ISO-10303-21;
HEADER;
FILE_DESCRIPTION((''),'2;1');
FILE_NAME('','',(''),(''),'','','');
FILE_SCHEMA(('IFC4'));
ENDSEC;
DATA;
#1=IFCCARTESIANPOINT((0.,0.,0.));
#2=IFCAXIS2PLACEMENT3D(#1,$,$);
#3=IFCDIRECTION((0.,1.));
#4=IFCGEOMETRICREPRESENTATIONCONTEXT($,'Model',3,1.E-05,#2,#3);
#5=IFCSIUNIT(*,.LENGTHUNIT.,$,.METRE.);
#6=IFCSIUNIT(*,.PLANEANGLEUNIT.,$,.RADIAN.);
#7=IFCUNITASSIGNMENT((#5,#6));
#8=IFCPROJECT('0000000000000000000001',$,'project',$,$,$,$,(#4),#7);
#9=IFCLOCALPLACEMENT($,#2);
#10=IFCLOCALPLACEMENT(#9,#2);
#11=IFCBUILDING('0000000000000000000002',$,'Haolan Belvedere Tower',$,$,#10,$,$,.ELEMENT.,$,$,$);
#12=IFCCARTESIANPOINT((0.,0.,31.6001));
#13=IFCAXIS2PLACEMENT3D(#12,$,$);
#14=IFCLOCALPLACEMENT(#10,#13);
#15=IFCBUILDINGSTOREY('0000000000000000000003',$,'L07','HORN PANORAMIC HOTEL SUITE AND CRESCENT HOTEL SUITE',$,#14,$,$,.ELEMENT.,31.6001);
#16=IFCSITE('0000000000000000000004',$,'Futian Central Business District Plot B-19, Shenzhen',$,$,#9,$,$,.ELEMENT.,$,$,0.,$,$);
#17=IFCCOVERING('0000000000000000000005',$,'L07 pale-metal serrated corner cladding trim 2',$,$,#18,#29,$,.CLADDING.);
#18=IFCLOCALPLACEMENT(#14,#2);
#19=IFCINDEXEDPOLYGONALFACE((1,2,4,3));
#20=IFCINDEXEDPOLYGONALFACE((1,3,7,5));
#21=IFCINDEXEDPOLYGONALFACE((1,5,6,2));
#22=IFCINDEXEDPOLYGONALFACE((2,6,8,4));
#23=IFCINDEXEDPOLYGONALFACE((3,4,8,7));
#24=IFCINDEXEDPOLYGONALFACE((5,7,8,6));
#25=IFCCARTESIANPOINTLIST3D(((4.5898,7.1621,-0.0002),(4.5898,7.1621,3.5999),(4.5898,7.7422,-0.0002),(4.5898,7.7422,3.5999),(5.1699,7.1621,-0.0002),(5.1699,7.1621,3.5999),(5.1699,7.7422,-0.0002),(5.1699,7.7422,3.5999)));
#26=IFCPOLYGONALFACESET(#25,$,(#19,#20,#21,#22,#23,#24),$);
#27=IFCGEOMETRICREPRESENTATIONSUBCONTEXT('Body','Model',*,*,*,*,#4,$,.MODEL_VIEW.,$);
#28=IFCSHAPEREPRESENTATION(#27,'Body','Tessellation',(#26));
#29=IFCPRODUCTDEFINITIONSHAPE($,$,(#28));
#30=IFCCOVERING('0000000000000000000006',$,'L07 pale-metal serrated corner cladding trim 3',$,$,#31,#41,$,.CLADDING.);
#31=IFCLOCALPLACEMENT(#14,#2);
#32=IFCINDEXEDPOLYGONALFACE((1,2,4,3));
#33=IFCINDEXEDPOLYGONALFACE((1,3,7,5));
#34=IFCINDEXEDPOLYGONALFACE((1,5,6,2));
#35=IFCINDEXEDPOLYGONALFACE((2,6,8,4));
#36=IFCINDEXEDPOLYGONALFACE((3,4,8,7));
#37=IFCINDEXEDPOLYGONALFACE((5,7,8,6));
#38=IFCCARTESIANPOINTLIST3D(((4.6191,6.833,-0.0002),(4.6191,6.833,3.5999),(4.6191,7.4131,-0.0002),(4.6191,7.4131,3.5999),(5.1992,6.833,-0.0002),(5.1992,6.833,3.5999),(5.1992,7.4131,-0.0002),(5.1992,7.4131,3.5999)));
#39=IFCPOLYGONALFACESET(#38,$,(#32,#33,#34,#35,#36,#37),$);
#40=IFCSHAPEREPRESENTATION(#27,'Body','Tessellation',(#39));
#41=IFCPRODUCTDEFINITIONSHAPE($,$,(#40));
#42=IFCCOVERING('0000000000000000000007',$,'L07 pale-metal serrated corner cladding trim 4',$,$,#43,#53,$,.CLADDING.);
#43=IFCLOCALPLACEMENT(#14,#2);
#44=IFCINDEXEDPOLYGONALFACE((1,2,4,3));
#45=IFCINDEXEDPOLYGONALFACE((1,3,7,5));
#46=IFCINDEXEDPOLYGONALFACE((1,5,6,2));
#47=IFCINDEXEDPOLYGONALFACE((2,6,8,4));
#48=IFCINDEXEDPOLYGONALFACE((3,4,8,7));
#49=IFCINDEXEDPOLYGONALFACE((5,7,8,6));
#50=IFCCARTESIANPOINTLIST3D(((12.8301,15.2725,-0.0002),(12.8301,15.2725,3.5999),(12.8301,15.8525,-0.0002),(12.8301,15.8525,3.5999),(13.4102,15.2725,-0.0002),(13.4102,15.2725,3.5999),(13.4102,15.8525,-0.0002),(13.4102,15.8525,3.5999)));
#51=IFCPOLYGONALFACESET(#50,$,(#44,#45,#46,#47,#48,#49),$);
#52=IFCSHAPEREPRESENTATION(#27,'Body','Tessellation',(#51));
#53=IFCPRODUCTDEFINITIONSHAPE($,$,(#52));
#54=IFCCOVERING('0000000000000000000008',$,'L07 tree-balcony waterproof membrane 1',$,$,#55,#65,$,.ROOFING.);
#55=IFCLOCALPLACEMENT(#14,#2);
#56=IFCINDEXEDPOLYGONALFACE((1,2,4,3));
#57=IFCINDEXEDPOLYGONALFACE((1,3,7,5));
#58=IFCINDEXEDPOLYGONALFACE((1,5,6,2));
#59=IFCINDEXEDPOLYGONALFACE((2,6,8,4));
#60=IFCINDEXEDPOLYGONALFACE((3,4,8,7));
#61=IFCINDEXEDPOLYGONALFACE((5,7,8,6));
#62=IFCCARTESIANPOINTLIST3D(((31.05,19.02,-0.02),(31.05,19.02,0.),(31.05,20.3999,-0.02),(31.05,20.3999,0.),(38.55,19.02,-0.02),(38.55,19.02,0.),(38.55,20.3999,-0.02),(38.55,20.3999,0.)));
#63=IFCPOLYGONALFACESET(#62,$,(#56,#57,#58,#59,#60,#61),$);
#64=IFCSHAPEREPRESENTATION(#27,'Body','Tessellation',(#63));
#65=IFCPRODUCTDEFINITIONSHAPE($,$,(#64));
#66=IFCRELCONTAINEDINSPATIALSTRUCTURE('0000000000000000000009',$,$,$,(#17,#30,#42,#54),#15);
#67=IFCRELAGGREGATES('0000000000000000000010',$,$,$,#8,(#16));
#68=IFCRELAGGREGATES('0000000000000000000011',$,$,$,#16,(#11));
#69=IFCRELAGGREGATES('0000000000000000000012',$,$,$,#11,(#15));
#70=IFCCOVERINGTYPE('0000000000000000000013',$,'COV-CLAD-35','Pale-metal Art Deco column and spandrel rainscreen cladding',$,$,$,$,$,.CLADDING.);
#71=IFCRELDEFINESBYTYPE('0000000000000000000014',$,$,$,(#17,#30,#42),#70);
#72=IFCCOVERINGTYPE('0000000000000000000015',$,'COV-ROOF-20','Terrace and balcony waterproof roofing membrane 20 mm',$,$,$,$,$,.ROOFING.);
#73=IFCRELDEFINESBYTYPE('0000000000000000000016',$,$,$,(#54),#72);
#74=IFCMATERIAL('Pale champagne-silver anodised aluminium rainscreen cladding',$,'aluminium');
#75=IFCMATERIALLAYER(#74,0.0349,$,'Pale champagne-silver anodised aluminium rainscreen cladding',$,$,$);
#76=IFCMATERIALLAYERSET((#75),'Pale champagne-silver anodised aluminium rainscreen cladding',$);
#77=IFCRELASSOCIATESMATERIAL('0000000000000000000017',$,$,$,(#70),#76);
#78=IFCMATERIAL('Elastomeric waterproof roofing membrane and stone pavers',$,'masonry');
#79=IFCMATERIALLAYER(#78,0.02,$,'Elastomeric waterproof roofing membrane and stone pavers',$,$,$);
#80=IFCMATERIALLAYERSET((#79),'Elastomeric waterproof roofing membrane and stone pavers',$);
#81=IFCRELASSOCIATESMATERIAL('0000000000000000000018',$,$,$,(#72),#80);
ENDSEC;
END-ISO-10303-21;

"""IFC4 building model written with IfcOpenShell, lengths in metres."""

from ifc_helpers import new_model, si_unit, direction, frame, origin, origin_2d, place, context, subcontext, project, spatial, polyline, rectangle, outline, extrude, material, layer, layer_set, type_object, element, save


model = new_model("IFC4")

# Units and contexts
model_context = context("Model", 3, precision=1e-05, world=origin(), true_north=direction((0.0, 1.0)))
body_context = subcontext(model_context, "Body", "Model", "MODEL_VIEW")
ifc_project = project(units=[si_unit("LENGTHUNIT", "METRE"), si_unit("PLANEANGLEUNIT", "RADIAN")], contexts=[model_context])

# Site, building, storey
site_placement = place(None, origin())
site = spatial("IfcSite", under=ifc_project, at=site_placement, Name="Futian Central Business District Plot B-19, Shenzhen", CompositionType="ELEMENT", RefElevation=0.0)
building_placement = place(site_placement, origin())
building = spatial("IfcBuilding", under=site, at=building_placement, Name="Haolan Belvedere Tower", CompositionType="ELEMENT")
storey_placement = place(building_placement, frame((0.0, 0.0, 31.6001)))
storey = spatial("IfcBuildingStorey", under=building, at=storey_placement, Name="L07", Description="HORN PANORAMIC HOTEL SUITE AND CRESCENT HOTEL SUITE", CompositionType="ELEMENT", Elevation=31.6001)

# Coverings
ifc_material_1 = material(Name="Pale champagne-silver anodised aluminium rainscreen cladding", Category="aluminium")
ifc_layer_1 = layer(ifc_material_1, 0.0349, Name="Pale champagne-silver anodised aluminium rainscreen cladding")
ifc_layer_set_1 = layer_set([ifc_layer_1], Name="Pale champagne-silver anodised aluminium rainscreen cladding")
covering_type_1 = type_object("IfcCoveringType", Name="COV-CLAD-35", Description="Pale-metal Art Deco column and spandrel rainscreen cladding", PredefinedType="CLADDING", material=ifc_layer_set_1)
for number, where, z_axis, x_axis, name in (
    (1, (4.8799, 7.4521, -0.0002), (0.0, 0.0, 1.0), (1.0, 0.0, 0.0), "L07 pale-metal serrated corner cladding trim 2"),
    (2, (4.9092, 7.123, -0.0002), (0.0, 0.0, 1.0), (1.0, 0.0, 0.0), "L07 pale-metal serrated corner cladding trim 3"),
    (3, (13.1201, 15.5625, -0.0002), (0.0, 0.0, 1.0), (1.0, 0.0, 0.0), "L07 pale-metal serrated corner cladding trim 4"),
):
    element("IfcCovering", number, at=place(storey_placement, frame(where, z_axis=z_axis, x_axis=x_axis)), inside=storey, type_object=covering_type_1, Name=name, PredefinedType="CLADDING", context=body_context, shape_type="SweptSolid", body=[
        extrude(rectangle(XDim=0.5801, YDim=0.5801, at=origin_2d()), origin(), (0.0, 0.0, 1.0), 3.6001),
    ])
ifc_material_2 = material(Name="Elastomeric waterproof roofing membrane and stone pavers", Category="masonry")
ifc_layer_2 = layer(ifc_material_2, 0.02, Name="Elastomeric waterproof roofing membrane and stone pavers")
ifc_layer_set_2 = layer_set([ifc_layer_2], Name="Elastomeric waterproof roofing membrane and stone pavers")
covering_type_2 = type_object("IfcCoveringType", Name="COV-ROOF-20", Description="Terrace and balcony waterproof roofing membrane 20 mm", PredefinedType="ROOFING", material=ifc_layer_set_2)
covering_placement = place(storey_placement, frame((0.0, 0.0, -0.02)))
element("IfcCovering", 4, at=covering_placement, inside=storey, type_object=covering_type_2, Name="L07 tree-balcony waterproof membrane 1", PredefinedType="ROOFING", context=body_context, shape_type="SweptSolid", body=[
    extrude(outline(polyline([(31.05, 19.02), (38.55, 19.02), (38.55, 20.3999), (31.05, 20.3999), (31.05, 19.02)])), origin(), (0.0, 0.0, 1.0), 0.02),
])

save(model, "model.ifc")
